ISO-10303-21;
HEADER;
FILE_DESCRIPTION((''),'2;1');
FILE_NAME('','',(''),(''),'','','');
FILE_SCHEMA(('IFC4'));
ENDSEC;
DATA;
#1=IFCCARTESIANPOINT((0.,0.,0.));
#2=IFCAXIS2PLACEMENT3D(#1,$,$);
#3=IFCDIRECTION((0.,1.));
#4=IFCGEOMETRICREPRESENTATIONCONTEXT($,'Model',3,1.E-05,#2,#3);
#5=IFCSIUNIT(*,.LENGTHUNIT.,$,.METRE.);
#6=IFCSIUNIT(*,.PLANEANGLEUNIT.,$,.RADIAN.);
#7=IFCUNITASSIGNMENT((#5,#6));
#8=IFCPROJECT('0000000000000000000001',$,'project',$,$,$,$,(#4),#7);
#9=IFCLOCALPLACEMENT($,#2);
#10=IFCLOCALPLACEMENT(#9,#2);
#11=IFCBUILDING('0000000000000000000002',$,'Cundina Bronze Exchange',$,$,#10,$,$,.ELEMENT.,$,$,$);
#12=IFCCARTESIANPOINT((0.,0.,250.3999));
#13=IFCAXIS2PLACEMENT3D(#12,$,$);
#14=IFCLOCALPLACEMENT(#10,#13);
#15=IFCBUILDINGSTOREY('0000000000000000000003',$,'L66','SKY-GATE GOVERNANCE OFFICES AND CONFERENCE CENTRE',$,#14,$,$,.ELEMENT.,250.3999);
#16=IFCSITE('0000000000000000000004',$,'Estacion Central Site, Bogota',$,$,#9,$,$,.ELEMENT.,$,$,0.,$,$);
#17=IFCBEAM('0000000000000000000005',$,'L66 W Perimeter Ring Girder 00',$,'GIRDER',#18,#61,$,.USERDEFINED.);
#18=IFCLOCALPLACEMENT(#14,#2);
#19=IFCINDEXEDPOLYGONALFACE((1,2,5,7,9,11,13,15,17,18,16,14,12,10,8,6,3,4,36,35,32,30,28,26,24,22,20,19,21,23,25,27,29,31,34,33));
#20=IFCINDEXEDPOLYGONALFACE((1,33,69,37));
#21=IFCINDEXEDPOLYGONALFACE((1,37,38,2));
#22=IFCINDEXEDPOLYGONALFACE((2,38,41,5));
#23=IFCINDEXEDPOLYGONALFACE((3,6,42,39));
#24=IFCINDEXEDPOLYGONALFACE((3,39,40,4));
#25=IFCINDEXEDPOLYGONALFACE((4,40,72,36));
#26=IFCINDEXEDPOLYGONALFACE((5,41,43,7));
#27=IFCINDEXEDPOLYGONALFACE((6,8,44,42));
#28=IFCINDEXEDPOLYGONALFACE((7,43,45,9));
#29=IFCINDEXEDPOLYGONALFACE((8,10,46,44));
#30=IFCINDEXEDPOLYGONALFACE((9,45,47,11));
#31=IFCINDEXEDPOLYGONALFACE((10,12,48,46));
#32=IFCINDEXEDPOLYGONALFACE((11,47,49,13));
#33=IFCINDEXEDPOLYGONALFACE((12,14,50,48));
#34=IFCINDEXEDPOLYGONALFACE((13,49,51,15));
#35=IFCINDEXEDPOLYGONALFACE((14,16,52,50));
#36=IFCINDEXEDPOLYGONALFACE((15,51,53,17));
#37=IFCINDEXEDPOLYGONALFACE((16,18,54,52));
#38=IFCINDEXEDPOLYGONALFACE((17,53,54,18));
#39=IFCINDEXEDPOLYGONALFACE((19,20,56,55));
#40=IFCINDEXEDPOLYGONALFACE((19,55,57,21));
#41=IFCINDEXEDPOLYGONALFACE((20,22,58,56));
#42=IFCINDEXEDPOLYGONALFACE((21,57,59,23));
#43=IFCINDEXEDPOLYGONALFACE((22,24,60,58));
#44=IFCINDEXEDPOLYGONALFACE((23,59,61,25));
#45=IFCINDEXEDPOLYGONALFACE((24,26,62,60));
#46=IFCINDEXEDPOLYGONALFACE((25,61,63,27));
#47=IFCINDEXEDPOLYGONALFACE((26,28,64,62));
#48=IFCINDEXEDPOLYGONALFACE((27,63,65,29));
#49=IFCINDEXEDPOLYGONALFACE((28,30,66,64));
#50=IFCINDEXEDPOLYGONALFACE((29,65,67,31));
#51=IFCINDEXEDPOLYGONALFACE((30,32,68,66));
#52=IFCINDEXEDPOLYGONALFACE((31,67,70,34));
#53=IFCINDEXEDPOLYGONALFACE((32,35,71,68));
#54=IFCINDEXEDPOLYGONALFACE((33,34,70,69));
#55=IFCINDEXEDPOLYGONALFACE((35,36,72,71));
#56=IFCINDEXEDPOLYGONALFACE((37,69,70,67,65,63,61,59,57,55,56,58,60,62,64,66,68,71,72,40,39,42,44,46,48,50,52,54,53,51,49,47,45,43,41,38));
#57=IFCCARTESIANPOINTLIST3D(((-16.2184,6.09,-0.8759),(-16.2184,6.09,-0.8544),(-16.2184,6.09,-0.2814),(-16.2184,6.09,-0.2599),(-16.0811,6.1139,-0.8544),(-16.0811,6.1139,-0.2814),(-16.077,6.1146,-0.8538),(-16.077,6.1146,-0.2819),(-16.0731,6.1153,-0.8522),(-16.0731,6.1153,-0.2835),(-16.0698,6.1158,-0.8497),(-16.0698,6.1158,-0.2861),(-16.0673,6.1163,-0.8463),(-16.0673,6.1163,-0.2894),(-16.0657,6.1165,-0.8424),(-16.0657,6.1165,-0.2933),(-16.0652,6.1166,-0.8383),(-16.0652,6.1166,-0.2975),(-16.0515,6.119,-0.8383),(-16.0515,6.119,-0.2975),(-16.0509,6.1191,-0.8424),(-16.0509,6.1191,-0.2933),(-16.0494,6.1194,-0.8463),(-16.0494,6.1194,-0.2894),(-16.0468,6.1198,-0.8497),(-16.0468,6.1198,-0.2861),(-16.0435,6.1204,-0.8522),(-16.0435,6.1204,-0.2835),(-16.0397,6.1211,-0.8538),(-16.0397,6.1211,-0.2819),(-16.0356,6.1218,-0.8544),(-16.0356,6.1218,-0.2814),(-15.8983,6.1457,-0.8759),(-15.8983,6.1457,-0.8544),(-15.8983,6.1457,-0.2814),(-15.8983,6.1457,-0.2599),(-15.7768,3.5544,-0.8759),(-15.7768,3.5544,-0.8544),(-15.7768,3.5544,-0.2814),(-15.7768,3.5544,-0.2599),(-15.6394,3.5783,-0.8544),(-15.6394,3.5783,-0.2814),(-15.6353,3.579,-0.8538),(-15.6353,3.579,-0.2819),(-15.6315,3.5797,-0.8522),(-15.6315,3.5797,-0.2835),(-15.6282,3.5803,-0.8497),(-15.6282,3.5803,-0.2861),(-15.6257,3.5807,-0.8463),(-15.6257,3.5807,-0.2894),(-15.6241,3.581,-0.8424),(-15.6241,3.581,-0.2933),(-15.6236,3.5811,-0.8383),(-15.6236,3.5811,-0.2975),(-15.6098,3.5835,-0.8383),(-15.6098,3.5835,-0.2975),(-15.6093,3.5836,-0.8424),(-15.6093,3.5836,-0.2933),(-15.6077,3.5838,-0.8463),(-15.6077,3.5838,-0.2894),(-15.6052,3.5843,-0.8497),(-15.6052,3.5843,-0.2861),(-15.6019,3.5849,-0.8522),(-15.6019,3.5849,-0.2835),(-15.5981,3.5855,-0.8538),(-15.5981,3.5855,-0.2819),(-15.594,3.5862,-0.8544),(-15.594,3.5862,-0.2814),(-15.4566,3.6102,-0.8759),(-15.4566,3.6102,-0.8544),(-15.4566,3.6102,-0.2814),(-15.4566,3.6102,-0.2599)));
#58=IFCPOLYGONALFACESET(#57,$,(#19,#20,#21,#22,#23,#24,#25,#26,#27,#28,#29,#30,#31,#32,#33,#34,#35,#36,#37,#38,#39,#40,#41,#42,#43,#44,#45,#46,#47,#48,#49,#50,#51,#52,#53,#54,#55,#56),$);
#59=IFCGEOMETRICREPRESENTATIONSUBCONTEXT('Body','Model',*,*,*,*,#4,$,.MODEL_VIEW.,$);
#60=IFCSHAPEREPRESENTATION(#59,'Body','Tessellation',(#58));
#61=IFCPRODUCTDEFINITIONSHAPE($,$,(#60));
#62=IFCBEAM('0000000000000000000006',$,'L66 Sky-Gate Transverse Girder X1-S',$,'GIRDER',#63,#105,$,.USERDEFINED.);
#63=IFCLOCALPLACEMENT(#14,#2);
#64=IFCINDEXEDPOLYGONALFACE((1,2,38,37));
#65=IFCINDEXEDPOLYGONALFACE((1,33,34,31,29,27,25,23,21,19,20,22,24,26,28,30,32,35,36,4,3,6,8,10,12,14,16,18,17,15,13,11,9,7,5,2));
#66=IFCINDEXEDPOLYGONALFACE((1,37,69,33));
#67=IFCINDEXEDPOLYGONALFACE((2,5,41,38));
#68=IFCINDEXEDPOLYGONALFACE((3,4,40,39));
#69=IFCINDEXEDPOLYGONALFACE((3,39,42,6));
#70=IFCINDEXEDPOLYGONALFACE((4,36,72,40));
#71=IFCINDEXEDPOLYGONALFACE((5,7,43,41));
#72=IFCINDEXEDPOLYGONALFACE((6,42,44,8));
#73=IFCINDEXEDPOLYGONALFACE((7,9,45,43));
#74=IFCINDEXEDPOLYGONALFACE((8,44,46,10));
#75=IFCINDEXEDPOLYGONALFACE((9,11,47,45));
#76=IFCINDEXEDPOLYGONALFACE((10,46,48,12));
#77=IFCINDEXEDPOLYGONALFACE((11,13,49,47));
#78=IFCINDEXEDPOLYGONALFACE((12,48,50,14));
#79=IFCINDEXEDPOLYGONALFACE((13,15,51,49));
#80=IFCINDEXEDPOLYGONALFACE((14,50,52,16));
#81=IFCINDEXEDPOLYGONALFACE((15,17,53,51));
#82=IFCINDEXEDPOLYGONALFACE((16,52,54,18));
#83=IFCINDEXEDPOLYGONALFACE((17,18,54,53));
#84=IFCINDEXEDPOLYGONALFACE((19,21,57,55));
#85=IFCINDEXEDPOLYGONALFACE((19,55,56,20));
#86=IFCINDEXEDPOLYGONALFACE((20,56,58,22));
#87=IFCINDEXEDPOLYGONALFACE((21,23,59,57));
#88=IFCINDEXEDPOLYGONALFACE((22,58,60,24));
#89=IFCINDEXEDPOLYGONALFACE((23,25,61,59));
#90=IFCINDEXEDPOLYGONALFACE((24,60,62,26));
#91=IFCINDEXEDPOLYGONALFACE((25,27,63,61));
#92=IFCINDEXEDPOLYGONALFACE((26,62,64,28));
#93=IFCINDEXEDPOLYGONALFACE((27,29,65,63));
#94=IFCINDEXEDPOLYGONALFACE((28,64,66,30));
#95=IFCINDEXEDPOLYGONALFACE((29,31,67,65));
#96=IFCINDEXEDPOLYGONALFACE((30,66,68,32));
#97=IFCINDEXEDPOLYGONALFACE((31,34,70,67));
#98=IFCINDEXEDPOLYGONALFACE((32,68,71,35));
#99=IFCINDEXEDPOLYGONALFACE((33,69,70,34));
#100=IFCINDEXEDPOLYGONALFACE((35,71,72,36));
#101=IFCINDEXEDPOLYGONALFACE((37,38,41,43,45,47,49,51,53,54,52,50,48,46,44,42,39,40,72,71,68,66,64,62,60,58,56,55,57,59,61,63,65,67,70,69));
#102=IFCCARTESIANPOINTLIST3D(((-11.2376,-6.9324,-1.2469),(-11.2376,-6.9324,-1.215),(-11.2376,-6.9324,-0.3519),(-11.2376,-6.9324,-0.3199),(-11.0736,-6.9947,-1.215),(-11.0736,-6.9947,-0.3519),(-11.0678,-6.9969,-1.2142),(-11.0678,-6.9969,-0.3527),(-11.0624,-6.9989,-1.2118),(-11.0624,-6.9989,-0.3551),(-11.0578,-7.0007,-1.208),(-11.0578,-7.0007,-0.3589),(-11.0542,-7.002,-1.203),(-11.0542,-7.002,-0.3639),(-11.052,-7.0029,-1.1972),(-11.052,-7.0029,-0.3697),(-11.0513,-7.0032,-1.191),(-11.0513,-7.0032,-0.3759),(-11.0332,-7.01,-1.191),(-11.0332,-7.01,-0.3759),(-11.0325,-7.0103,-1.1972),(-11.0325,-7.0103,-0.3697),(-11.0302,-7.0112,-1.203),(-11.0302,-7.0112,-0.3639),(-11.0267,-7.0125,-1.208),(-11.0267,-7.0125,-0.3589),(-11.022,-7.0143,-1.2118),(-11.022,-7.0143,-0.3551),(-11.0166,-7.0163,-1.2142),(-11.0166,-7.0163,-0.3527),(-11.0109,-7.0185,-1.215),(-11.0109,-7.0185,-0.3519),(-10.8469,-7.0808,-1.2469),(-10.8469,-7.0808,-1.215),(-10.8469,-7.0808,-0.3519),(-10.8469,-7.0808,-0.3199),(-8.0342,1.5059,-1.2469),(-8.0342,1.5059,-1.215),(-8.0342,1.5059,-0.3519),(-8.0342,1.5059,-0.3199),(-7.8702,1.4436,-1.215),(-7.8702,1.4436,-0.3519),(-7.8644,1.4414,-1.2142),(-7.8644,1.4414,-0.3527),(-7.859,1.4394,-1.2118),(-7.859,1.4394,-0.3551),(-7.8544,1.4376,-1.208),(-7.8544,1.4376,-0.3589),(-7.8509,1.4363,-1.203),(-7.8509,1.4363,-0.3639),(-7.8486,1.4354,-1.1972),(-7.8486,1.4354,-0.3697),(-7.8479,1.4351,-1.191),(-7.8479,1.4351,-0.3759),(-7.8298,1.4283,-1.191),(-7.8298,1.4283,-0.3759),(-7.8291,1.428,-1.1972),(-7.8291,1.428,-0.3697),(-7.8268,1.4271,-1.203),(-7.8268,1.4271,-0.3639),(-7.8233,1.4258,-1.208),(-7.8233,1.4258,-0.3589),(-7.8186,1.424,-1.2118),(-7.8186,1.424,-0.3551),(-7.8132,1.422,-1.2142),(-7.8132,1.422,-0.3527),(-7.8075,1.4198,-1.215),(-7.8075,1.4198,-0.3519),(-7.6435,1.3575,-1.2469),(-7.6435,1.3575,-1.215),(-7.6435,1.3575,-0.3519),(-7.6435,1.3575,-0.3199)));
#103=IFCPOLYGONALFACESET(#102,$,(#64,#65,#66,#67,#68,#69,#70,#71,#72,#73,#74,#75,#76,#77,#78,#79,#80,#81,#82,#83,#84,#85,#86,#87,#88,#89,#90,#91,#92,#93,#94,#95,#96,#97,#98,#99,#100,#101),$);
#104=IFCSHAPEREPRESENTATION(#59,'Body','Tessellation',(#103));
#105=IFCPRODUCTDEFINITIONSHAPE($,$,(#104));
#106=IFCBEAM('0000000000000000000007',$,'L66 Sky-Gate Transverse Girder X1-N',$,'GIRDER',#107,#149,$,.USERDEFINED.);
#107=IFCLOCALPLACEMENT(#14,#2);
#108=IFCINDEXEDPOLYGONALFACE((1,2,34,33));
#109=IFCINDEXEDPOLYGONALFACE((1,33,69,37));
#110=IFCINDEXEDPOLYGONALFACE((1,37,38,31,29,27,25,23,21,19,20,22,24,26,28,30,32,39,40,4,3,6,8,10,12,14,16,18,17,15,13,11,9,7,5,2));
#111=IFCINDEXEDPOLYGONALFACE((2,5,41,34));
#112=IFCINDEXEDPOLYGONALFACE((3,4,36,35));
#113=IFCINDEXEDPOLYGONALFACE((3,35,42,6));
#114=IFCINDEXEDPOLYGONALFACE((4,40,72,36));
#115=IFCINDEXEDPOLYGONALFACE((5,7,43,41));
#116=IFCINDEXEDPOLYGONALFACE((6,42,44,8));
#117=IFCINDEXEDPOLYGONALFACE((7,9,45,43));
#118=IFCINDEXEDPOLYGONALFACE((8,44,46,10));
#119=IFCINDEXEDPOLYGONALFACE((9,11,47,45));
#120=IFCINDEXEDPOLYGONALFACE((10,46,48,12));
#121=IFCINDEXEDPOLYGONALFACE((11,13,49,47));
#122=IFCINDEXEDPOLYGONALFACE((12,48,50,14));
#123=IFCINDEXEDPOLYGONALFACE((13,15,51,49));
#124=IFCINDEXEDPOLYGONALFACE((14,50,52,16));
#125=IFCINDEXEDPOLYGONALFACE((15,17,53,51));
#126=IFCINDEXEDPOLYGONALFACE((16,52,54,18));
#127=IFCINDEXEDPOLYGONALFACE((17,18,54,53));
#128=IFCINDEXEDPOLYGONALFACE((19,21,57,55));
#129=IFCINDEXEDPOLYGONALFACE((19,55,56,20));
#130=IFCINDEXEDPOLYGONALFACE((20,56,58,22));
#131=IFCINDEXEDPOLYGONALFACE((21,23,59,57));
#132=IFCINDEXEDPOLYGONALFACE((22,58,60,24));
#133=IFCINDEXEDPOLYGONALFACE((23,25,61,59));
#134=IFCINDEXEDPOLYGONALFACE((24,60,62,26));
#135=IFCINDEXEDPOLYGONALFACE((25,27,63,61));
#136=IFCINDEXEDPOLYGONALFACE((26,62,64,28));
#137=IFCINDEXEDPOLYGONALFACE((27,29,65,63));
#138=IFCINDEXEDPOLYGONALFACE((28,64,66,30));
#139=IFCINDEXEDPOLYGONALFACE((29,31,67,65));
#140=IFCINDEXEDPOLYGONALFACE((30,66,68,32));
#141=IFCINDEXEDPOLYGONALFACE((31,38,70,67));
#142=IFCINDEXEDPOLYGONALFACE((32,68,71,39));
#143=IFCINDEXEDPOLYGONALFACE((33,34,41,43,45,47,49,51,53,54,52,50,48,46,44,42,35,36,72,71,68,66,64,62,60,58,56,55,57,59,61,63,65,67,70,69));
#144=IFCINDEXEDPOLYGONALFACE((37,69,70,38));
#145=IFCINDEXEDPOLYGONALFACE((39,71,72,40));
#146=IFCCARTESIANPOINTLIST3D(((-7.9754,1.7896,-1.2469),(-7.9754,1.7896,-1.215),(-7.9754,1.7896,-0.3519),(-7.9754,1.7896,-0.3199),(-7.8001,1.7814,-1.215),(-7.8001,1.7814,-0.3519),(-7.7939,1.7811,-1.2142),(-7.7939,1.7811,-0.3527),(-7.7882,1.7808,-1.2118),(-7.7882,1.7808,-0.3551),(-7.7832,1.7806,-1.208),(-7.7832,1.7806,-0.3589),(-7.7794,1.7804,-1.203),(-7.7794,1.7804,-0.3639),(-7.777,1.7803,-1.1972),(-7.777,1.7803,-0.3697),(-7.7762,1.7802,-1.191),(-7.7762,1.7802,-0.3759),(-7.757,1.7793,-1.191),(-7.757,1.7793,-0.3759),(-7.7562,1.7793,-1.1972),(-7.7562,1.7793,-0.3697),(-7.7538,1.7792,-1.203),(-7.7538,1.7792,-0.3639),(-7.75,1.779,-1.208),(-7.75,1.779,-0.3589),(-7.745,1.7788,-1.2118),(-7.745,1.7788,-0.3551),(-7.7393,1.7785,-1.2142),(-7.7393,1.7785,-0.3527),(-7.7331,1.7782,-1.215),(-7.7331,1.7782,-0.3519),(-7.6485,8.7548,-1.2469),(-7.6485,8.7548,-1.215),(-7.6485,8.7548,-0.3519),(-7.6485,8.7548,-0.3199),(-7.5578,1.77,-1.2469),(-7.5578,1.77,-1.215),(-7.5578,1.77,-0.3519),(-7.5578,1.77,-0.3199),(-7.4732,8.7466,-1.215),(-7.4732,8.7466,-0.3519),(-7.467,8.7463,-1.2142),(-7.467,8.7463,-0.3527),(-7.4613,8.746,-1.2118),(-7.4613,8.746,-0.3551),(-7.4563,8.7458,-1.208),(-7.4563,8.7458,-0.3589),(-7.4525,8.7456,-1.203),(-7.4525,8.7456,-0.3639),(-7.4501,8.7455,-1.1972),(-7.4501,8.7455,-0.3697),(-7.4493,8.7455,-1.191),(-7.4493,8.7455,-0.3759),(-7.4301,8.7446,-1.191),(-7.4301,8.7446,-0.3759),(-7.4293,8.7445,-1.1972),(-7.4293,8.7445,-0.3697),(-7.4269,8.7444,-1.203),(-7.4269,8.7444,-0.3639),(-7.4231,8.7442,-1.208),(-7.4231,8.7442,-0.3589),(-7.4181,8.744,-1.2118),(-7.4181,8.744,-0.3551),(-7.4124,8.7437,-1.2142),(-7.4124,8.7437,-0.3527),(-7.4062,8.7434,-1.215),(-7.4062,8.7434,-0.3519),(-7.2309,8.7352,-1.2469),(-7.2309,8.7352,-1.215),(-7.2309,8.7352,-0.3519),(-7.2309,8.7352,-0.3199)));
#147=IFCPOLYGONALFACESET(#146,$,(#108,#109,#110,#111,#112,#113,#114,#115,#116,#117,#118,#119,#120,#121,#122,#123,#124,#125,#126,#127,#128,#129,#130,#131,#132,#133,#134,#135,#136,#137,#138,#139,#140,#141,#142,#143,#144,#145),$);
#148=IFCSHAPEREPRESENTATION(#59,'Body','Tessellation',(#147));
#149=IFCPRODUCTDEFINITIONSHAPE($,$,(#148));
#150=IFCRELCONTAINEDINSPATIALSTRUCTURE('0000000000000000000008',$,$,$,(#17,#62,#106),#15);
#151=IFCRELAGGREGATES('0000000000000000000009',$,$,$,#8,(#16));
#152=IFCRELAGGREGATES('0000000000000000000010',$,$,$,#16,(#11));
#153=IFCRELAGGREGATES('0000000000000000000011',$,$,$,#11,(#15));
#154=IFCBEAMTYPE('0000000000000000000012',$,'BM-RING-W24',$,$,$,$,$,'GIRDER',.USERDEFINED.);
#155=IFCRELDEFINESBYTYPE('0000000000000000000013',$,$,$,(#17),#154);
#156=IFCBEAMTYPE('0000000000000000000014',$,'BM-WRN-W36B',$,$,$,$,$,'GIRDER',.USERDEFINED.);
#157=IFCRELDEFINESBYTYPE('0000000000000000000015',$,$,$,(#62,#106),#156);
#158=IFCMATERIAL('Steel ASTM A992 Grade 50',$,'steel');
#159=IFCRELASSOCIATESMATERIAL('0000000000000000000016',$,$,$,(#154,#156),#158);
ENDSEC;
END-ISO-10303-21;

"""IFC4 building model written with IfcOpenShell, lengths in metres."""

from ifc_helpers import new_model, si_unit, direction, frame, origin, origin_2d, place, context, subcontext, project, spatial, i_section, extrude, material, material_profile, profile_set, type_object, element, save


model = new_model("IFC4")

# Units and contexts
model_context = context("Model", 3, precision=1e-05, world=origin(), true_north=direction((0.0, 1.0)))
body_context = subcontext(model_context, "Body", "Model", "MODEL_VIEW")
ifc_project = project(units=[si_unit("LENGTHUNIT", "METRE"), si_unit("PLANEANGLEUNIT", "RADIAN")], contexts=[model_context])

# Site, building, storey
site_placement = place(None, origin())
site = spatial("IfcSite", under=ifc_project, at=site_placement, Name="Estacion Central Site, Bogota", CompositionType="ELEMENT", RefElevation=0.0)
building_placement = place(site_placement, origin())
building = spatial("IfcBuilding", under=site, at=building_placement, Name="Cundina Bronze Exchange", CompositionType="ELEMENT")
storey_placement = place(building_placement, frame((0.0, 0.0, 250.3999)))
storey = spatial("IfcBuildingStorey", under=building, at=storey_placement, Name="L66", Description="SKY-GATE GOVERNANCE OFFICES AND CONFERENCE CENTRE", CompositionType="ELEMENT", Elevation=250.3999)

# Beams
ifc_material_1 = material(Name="Steel ASTM A992 Grade 50", Category="steel")
ifc_material_profile_1 = material_profile(ifc_material_1, i_section(OverallWidth=0.325, OverallDepth=0.616, WebThickness=0.0139, FlangeThickness=0.0215, FilletRadius=0.0161, at=origin_2d()), Name="W24X117", Category="steel")
ifc_profile_set_1 = profile_set([ifc_material_profile_1], Name="Steel ASTM A992 Grade 50")
beam_type_1 = type_object("IfcBeamType", Name="BM-RING-W24", ElementType="GIRDER", PredefinedType="USERDEFINED", material=ifc_profile_set_1)
beam_1_placement = place(storey_placement, frame((-15.6167, 3.5823, -0.5679), z_axis=(-0.171593, 0.985168, 0.0), x_axis=(-0.985168, -0.171593, 0.0)))
element("IfcBeam", 1, at=beam_1_placement, inside=storey, type_object=beam_type_1, Name="L66 W Perimeter Ring Girder 00", ObjectType="GIRDER", PredefinedType="USERDEFINED", context=body_context, shape_type="SweptSolid", body=[
    extrude(i_section(OverallWidth=0.325, OverallDepth=0.616, WebThickness=0.0139, FlangeThickness=0.0215, FilletRadius=0.0161, at=origin_2d()), origin(), (0.0, 0.0, 1.0), 2.5737),
])
ifc_material_profile_2 = material_profile(ifc_material_1, i_section(OverallWidth=0.418, OverallDepth=0.927, WebThickness=0.0193, FlangeThickness=0.032, FilletRadius=0.0239, at=origin_2d()), Name="W36X231", Category="steel")
ifc_profile_set_2 = profile_set([ifc_material_profile_2], Name="Steel ASTM A992 Grade 50")
beam_type_2 = type_object("IfcBeamType", Name="BM-WRN-W36B", ElementType="GIRDER", PredefinedType="USERDEFINED", material=ifc_profile_set_2)
beam_2_placement = place(storey_placement, frame((-11.0422, -7.0066, -0.7834), z_axis=(0.354912, 0.9349, 0.0), x_axis=(-0.9349, 0.354912, 0.0)))
element("IfcBeam", 2, at=beam_2_placement, inside=storey, type_object=beam_type_2, Name="L66 Sky-Gate Transverse Girder X1-S", ObjectType="GIRDER", PredefinedType="USERDEFINED", context=body_context, shape_type="SweptSolid", body=[
    extrude(i_section(OverallWidth=0.418, OverallDepth=0.927, WebThickness=0.0193, FlangeThickness=0.032, FilletRadius=0.0239, at=origin_2d()), origin(), (0.0, 0.0, 1.0), 9.0259),
])
beam_3_placement = place(storey_placement, frame((-7.7666, 1.7798, -0.7834), z_axis=(0.046881, 0.9989, 0.0), x_axis=(-0.9989, 0.046881, 0.0)))
element("IfcBeam", 3, at=beam_3_placement, inside=storey, type_object=beam_type_2, Name="L66 Sky-Gate Transverse Girder X1-N", ObjectType="GIRDER", PredefinedType="USERDEFINED", context=body_context, shape_type="SweptSolid", body=[
    extrude(i_section(OverallWidth=0.418, OverallDepth=0.927, WebThickness=0.0193, FlangeThickness=0.032, FilletRadius=0.0239, at=origin_2d()), origin(), (0.0, 0.0, 1.0), 6.9729),
])

save(model, "model.ifc")
